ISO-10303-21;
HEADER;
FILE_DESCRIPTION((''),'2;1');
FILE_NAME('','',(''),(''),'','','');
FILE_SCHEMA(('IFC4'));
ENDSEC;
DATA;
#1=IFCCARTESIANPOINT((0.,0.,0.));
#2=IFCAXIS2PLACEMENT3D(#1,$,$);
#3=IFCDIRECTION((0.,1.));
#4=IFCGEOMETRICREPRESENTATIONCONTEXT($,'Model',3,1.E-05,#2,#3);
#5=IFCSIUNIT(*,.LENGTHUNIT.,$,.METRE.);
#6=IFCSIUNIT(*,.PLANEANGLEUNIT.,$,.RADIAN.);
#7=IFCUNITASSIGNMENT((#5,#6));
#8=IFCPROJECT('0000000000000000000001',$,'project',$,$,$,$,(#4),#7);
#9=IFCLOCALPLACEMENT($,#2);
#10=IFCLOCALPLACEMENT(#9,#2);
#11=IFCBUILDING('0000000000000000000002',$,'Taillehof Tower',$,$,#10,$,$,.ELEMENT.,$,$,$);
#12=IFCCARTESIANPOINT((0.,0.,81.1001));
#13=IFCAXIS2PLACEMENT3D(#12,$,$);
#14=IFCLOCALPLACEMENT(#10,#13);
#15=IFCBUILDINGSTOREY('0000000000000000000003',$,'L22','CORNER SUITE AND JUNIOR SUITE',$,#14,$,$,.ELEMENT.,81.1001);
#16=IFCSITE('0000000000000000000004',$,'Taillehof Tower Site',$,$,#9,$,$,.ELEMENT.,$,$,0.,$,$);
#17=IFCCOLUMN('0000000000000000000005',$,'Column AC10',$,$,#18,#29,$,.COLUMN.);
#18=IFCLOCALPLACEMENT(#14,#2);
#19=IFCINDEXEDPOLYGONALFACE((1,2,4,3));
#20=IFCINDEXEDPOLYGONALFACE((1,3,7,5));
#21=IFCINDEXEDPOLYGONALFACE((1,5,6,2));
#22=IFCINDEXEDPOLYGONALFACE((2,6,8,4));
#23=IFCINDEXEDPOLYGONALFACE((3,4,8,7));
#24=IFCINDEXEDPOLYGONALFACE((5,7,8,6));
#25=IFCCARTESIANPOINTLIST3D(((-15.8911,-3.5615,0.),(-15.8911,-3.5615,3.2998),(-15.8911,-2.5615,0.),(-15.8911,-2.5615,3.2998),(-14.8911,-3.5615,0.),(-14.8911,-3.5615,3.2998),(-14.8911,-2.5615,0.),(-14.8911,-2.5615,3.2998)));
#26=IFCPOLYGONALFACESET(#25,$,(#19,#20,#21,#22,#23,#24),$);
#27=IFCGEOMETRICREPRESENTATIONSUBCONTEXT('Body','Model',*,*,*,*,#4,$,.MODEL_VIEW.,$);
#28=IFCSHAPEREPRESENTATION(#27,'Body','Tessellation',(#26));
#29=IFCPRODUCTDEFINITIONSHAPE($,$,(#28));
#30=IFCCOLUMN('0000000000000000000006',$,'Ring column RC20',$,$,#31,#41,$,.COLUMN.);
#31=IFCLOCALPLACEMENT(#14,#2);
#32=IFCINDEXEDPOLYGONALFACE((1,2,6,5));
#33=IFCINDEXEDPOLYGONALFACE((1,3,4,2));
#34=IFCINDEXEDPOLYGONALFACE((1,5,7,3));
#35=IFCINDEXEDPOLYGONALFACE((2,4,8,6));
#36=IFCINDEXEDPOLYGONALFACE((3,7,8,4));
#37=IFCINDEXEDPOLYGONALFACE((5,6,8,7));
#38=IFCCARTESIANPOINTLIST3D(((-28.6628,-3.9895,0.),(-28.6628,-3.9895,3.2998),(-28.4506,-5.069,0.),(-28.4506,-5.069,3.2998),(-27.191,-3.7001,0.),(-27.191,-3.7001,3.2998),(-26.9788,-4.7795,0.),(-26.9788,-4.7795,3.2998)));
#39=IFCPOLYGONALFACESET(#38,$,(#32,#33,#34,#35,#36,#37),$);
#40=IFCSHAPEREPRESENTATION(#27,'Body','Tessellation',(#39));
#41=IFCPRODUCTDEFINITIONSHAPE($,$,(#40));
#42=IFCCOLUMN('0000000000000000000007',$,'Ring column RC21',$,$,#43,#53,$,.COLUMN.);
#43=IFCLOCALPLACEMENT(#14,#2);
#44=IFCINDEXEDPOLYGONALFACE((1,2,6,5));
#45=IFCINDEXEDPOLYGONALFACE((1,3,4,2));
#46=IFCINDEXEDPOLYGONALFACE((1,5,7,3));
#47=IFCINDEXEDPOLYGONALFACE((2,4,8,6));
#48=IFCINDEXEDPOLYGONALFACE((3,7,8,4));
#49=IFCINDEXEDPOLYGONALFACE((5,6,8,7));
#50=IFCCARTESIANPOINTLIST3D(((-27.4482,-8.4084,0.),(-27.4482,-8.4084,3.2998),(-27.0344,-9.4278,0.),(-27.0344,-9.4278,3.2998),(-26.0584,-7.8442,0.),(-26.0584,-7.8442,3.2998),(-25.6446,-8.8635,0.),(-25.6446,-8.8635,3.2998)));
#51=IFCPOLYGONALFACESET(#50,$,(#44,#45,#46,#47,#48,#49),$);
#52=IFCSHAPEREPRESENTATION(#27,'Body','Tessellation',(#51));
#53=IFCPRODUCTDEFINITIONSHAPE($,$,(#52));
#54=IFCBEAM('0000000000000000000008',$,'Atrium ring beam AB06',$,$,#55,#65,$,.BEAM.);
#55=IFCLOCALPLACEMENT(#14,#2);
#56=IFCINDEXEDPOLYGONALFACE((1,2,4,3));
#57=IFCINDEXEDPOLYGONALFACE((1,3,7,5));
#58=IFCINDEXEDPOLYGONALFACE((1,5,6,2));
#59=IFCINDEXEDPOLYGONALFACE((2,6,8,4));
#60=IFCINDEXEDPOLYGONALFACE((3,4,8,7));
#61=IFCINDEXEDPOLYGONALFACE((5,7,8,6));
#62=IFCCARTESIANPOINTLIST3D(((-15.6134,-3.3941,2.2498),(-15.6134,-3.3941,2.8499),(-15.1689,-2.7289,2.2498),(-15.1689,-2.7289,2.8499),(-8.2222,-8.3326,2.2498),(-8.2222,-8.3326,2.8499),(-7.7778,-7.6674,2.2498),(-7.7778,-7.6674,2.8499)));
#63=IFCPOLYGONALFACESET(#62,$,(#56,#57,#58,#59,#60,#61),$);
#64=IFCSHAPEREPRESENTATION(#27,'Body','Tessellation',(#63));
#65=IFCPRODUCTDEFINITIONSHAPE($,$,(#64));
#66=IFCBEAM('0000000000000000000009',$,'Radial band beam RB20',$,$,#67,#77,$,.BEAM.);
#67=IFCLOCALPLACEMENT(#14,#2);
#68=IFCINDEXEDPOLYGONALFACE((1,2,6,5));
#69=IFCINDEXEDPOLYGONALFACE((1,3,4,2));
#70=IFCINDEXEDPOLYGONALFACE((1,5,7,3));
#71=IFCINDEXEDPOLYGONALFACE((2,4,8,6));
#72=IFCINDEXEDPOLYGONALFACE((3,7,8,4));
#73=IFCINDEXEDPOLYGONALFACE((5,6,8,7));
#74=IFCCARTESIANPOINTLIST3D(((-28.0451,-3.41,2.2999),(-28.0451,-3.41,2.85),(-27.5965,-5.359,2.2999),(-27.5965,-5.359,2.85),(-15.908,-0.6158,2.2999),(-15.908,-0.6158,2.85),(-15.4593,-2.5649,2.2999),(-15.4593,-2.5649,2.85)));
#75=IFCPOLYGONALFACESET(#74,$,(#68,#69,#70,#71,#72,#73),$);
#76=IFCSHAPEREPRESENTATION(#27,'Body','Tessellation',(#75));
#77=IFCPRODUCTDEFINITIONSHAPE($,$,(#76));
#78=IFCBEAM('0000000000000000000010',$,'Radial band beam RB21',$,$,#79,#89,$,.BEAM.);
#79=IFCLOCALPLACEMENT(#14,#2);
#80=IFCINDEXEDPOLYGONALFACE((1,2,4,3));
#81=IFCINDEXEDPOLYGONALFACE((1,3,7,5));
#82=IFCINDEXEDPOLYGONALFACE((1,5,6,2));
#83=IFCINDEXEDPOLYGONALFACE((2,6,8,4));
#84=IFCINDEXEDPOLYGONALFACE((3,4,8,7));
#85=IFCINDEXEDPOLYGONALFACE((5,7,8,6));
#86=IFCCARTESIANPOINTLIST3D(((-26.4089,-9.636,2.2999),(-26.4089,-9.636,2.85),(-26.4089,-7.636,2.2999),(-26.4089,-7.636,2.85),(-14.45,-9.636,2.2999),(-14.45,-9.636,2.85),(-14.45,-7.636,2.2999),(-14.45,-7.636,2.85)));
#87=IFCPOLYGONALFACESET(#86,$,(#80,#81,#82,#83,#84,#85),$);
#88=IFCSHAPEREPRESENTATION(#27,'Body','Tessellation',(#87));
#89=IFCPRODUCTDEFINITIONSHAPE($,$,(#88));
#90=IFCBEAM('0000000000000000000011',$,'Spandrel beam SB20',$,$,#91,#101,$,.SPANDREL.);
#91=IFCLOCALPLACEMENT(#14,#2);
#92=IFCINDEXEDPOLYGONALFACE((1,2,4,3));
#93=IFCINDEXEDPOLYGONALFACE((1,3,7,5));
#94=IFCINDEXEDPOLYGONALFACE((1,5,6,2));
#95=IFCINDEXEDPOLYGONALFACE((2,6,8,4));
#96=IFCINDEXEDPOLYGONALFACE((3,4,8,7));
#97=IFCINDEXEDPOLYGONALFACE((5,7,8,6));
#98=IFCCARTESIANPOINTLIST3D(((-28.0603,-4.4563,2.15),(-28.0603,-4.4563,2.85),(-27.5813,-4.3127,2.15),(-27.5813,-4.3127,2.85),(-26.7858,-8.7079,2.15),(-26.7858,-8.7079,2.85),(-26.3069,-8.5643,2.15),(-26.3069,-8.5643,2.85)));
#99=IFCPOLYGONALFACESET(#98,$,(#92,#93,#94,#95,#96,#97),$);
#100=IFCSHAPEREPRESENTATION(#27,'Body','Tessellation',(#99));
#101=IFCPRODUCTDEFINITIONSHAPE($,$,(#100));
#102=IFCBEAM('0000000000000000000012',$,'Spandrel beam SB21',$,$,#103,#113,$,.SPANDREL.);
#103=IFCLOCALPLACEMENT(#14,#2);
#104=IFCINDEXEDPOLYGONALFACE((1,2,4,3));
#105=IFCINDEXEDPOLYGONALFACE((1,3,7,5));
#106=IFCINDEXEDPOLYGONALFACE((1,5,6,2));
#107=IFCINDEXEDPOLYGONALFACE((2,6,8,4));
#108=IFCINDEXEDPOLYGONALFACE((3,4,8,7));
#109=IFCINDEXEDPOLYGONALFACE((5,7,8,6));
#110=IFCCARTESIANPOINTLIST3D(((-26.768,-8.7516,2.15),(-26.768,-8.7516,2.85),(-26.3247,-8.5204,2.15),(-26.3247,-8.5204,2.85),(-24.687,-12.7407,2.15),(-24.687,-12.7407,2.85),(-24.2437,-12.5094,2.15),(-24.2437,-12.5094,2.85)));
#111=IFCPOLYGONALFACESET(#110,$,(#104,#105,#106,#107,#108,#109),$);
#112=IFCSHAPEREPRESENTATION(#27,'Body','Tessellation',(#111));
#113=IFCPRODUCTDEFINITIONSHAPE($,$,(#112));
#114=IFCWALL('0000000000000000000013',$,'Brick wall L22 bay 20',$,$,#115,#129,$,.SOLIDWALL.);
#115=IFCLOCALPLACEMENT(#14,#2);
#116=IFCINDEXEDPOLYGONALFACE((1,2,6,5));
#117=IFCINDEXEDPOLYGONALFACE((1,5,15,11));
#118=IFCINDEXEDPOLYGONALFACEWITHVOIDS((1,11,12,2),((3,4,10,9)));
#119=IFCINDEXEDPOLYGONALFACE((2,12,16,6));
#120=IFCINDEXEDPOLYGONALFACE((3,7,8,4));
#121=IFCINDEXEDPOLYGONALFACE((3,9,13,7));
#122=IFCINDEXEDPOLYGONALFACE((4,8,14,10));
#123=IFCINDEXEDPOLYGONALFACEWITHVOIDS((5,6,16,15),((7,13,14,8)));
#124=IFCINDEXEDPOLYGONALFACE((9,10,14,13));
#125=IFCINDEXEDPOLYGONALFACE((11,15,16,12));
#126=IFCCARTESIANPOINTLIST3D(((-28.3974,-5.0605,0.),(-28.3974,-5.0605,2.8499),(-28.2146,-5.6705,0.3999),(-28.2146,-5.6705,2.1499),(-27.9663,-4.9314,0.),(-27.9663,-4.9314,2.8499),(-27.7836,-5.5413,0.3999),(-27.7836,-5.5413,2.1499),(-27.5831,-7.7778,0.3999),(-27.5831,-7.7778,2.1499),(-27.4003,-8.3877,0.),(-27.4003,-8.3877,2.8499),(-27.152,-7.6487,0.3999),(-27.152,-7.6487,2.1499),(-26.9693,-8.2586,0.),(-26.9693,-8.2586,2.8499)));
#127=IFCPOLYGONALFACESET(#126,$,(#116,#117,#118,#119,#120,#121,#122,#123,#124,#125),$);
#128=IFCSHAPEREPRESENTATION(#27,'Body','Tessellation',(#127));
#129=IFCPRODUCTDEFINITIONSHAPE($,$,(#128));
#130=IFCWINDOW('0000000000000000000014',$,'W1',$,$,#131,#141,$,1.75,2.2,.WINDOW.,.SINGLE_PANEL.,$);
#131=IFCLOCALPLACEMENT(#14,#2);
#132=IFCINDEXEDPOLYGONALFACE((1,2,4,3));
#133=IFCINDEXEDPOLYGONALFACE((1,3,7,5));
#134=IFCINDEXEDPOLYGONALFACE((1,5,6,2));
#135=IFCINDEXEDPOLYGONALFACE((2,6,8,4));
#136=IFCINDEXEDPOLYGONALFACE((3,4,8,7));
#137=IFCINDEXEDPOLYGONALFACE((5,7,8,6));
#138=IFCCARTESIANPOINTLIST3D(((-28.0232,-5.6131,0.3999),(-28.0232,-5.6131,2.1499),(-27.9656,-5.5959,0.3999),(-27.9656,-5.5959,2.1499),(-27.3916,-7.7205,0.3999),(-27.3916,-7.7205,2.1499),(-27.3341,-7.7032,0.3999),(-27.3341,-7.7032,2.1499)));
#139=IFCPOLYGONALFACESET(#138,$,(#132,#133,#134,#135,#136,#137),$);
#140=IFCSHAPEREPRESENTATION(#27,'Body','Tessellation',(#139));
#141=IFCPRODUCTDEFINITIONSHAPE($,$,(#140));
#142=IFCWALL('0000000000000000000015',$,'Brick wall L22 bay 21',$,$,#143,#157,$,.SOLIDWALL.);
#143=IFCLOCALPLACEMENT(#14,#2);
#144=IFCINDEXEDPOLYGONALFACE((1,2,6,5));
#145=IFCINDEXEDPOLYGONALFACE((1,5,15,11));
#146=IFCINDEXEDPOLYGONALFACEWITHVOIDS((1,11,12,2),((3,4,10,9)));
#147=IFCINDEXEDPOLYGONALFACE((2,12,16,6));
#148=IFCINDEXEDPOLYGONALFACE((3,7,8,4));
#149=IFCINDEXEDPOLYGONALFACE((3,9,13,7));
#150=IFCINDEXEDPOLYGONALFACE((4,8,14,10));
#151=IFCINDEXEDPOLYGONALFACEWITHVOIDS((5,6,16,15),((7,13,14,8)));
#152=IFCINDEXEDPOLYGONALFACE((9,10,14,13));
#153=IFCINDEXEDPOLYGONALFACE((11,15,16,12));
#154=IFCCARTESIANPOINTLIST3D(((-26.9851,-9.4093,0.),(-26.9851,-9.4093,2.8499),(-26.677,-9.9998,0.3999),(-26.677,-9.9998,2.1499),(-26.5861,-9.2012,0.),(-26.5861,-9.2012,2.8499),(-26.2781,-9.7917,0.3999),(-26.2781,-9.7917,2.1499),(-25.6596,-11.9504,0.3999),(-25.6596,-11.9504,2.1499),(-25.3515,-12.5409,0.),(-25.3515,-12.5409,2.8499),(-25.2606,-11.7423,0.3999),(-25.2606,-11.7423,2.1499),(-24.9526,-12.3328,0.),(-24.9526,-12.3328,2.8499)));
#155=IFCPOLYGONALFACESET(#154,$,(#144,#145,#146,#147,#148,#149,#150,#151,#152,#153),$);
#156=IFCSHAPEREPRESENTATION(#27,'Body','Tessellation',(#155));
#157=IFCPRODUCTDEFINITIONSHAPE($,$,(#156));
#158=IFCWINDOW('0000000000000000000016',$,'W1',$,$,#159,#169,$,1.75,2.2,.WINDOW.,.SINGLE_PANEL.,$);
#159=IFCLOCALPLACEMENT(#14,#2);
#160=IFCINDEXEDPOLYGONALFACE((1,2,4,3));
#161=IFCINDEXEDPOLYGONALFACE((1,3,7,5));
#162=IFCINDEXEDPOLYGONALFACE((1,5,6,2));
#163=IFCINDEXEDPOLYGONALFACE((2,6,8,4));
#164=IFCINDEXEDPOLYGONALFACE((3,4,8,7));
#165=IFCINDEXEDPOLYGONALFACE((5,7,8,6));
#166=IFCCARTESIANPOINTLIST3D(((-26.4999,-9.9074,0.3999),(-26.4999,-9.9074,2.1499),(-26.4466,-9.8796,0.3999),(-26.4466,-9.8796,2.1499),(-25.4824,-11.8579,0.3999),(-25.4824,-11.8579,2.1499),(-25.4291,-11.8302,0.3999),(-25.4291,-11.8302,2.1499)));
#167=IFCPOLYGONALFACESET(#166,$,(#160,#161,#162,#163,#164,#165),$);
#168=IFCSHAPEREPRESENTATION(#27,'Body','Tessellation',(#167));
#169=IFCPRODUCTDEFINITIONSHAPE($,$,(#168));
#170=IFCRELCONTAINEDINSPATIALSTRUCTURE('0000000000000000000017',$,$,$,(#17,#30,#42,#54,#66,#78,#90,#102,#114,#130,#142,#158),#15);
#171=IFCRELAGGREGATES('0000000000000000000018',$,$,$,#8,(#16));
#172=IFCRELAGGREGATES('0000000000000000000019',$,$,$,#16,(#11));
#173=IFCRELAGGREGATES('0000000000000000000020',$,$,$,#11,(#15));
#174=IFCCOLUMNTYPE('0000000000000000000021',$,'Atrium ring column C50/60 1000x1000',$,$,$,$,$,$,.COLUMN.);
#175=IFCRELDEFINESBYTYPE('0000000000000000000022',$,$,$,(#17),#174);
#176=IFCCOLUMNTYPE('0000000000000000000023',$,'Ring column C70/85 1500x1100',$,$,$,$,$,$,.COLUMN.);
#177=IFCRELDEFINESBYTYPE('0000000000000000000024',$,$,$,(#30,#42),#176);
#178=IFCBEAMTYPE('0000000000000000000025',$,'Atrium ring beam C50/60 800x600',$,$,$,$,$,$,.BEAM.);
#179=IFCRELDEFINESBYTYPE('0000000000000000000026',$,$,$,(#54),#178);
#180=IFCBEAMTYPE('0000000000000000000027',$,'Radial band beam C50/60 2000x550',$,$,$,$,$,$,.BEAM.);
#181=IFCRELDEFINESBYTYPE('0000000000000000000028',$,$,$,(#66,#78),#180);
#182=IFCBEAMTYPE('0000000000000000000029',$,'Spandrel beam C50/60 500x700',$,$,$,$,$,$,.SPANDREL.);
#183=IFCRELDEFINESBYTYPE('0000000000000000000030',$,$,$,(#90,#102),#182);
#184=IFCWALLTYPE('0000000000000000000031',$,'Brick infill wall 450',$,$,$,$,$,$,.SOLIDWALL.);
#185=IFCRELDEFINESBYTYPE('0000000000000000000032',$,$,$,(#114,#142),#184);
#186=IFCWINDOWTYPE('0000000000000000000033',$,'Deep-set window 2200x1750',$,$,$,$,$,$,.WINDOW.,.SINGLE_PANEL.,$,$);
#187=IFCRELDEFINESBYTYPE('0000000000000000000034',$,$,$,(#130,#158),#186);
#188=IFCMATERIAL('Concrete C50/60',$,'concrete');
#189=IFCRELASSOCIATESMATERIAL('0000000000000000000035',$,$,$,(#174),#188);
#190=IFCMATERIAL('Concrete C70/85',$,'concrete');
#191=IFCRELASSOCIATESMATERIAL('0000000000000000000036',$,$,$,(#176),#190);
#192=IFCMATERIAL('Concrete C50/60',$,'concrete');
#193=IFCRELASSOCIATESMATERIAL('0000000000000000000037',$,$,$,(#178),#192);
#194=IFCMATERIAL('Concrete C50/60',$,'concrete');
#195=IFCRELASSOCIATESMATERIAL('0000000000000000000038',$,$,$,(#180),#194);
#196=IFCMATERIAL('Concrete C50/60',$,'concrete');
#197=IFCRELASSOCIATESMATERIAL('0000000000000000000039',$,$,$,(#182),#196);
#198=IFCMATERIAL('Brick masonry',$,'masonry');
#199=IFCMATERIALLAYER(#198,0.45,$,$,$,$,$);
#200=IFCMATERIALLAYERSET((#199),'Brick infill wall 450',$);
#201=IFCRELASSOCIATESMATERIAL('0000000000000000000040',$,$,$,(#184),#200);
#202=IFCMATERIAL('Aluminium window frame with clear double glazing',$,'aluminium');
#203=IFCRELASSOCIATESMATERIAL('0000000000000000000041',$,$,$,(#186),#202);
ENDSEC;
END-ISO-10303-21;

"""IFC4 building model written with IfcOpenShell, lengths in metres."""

from ifc_helpers import new_model, si_unit, direction, frame, frame_2d, origin, origin_2d, place, context, subcontext, project, spatial, rectangle, extrude, material, layer, layer_set, material_profile, profile_set, type_object, element, fill, save


model = new_model("IFC4")

# Units and contexts
model_context = context("Model", 3, precision=1e-05, world=origin(), true_north=direction((0.0, 1.0)))
body_context = subcontext(model_context, "Body", "Model", "MODEL_VIEW")
ifc_project = project(units=[si_unit("LENGTHUNIT", "METRE"), si_unit("PLANEANGLEUNIT", "RADIAN")], contexts=[model_context])

# Site, building, storey
site_placement = place(None, origin())
site = spatial("IfcSite", under=ifc_project, at=site_placement, Name="Taillehof Tower Site", CompositionType="ELEMENT", RefElevation=0.0)
building_placement = place(site_placement, origin())
building = spatial("IfcBuilding", under=site, at=building_placement, Name="Taillehof Tower", CompositionType="ELEMENT")
storey_placement = place(building_placement, frame((0.0, 0.0, 81.1001)))
storey = spatial("IfcBuildingStorey", under=building, at=storey_placement, Name="L22", Description="CORNER SUITE AND JUNIOR SUITE", CompositionType="ELEMENT", Elevation=81.1001)

# Columns
ifc_material_1 = material(Name="Concrete C50/60", Category="concrete")
ifc_material_profile_1 = material_profile(ifc_material_1, rectangle(XDim=1.0, YDim=1.0, at=origin_2d()), Name="RC 1000x1000")
ifc_profile_set_1 = profile_set([ifc_material_profile_1], Name="Concrete C50/60")
column_type_1 = type_object("IfcColumnType", Name="Atrium ring column C50/60 1000x1000", PredefinedType="COLUMN", material=ifc_profile_set_1)
column_placement = place(storey_placement, frame((-15.3911, -3.0615, 0.0), z_axis=(0.0, 0.0, 1.0), x_axis=(1.0, 0.0, 0.0)))
element("IfcColumn", 1, at=column_placement, inside=storey, type_object=column_type_1, Name="Column AC10", PredefinedType="COLUMN", context=body_context, shape_type="SweptSolid", body=[
    extrude(rectangle(XDim=1.0, YDim=1.0, at=origin_2d()), origin(), (0.0, 0.0, 1.0), 3.2998),
])
ifc_material_2 = material(Name="Concrete C70/85", Category="concrete")
ifc_material_profile_2 = material_profile(ifc_material_2, rectangle(XDim=1.5, YDim=1.1001, at=origin_2d()), Name="RC 1500x1100")
ifc_profile_set_2 = profile_set([ifc_material_profile_2], Name="Concrete C70/85")
column_type_2 = type_object("IfcColumnType", Name="Ring column C70/85 1500x1100", PredefinedType="COLUMN", material=ifc_profile_set_2)
for number, where, z_axis, x_axis, name in (
    (2, (-27.8208, -4.3845, 0.0), (0.0, 0.0, 1.0), (-0.981204, -0.192976, 0.0), "Ring column RC20"),
    (3, (-26.5464, -8.636, 0.0), (0.0, 0.0, 1.0), (-0.926558, -0.376152, 0.0), "Ring column RC21"),
):
    element("IfcColumn", number, at=place(storey_placement, frame(where, z_axis=z_axis, x_axis=x_axis)), inside=storey, type_object=column_type_2, Name=name, PredefinedType="COLUMN", context=body_context, shape_type="SweptSolid", body=[
        extrude(rectangle(XDim=1.5, YDim=1.1001, at=origin_2d()), origin(), (0.0, 0.0, 1.0), 3.2998),
    ])

# Beams
ifc_material_3 = material(Name="Concrete C50/60", Category="concrete")
ifc_material_profile_3 = material_profile(ifc_material_3, rectangle(XDim=0.8, YDim=0.6001, at=origin_2d()), Name="RC 800x600")
ifc_profile_set_3 = profile_set([ifc_material_profile_3], Name="Concrete C50/60")
beam_type_1 = type_object("IfcBeamType", Name="Atrium ring beam C50/60 800x600", PredefinedType="BEAM", material=ifc_profile_set_3)
beam_1_placement = place(storey_placement, frame((-15.3911, -3.0615, 2.5498), z_axis=(0.831475, -0.555562, 0.0), x_axis=(0.555562, 0.831475, 0.0)))
element("IfcBeam", 4, at=beam_1_placement, inside=storey, type_object=beam_type_1, Name="Atrium ring beam AB06", PredefinedType="BEAM", context=body_context, shape_type="SweptSolid", body=[
    extrude(rectangle(XDim=0.8, YDim=0.6001, at=origin_2d()), origin(), (0.0, 0.0, 1.0), 8.8892),
])
ifc_material_4 = material(Name="Concrete C50/60", Category="concrete")
ifc_material_profile_4 = material_profile(ifc_material_4, rectangle(XDim=2.0, YDim=0.55, at=origin_2d()), Name="RC 2000x550")
ifc_profile_set_4 = profile_set([ifc_material_profile_4], Name="Concrete C50/60")
beam_type_2 = type_object("IfcBeamType", Name="Radial band beam C50/60 2000x550", PredefinedType="BEAM", material=ifc_profile_set_4)
beam_2_placement = place(storey_placement, frame((-27.8208, -4.3845, 2.575), z_axis=(0.974509, 0.224348, 0.0), x_axis=(-0.224348, 0.974509, 0.0)))
element("IfcBeam", 5, at=beam_2_placement, inside=storey, type_object=beam_type_2, Name="Radial band beam RB20", PredefinedType="BEAM", context=body_context, shape_type="SweptSolid", body=[
    extrude(rectangle(XDim=2.0, YDim=0.55, at=origin_2d()), origin(), (0.0, 0.0, 1.0), 12.4546),
])
beam_3_placement = place(storey_placement, frame((-26.4089, -8.636, 2.575), z_axis=(1.0, 0.0, 0.0), x_axis=(0.0, 1.0, 0.0)))
element("IfcBeam", 6, at=beam_3_placement, inside=storey, type_object=beam_type_2, Name="Radial band beam RB21", PredefinedType="BEAM", context=body_context, shape_type="SweptSolid", body=[
    extrude(rectangle(XDim=2.0, YDim=0.55, at=origin_2d()), origin(), (0.0, 0.0, 1.0), 11.959),
])
ifc_material_5 = material(Name="Concrete C50/60", Category="concrete")
ifc_material_profile_5 = material_profile(ifc_material_5, rectangle(XDim=0.5, YDim=0.7, at=origin_2d()), Name="RC 500x700")
ifc_profile_set_5 = profile_set([ifc_material_profile_5], Name="Concrete C50/60")
beam_type_3 = type_object("IfcBeamType", Name="Spandrel beam C50/60 500x700", PredefinedType="SPANDREL", material=ifc_profile_set_5)
beam_4_placement = place(storey_placement, frame((-27.8208, -4.3845, 2.5), z_axis=(0.287136, -0.95789, 0.0), x_axis=(0.95789, 0.287136, 0.0)))
element("IfcBeam", 7, at=beam_4_placement, inside=storey, type_object=beam_type_3, Name="Spandrel beam SB20", PredefinedType="SPANDREL", context=body_context, shape_type="SweptSolid", body=[
    extrude(rectangle(XDim=0.5, YDim=0.7, at=origin_2d()), origin(), (0.0, 0.0, 1.0), 4.4385),
])
beam_5_placement = place(storey_placement, frame((-26.5464, -8.636, 2.5), z_axis=(0.462536, -0.8866, 0.0), x_axis=(0.8866, 0.462536, 0.0)))
element("IfcBeam", 8, at=beam_5_placement, inside=storey, type_object=beam_type_3, Name="Spandrel beam SB21", PredefinedType="SPANDREL", context=body_context, shape_type="SweptSolid", body=[
    extrude(rectangle(XDim=0.5, YDim=0.7, at=origin_2d()), origin(), (0.0, 0.0, 1.0), 4.4993),
])

# Walls, openings, windows
ifc_material_6 = material(Name="Brick masonry", Category="masonry")
ifc_layer_1 = layer(ifc_material_6, 0.45)
ifc_layer_set_1 = layer_set([ifc_layer_1], Name="Brick infill wall 450")
wall_type_1 = type_object("IfcWallType", Name="Brick infill wall 450", PredefinedType="SOLIDWALL", material=ifc_layer_set_1)
wall_1_placement = place(storey_placement, frame((-28.1819, -4.9958, 0.0), z_axis=(0.0, 0.0, 1.0), x_axis=(0.287064, -0.957911, 0.0)))
wall_1 = element("IfcWall", 9, at=wall_1_placement, inside=storey, type_object=wall_type_1, Name="Brick wall L22 bay 20", PredefinedType="SOLIDWALL", context=body_context, shape_type="SweptSolid", body=[
    extrude(rectangle(XDim=3.4734, YDim=0.45, at=frame_2d((1.7368, 0.0))), origin(), (0.0, 0.0, 1.0), 2.8499),
])
opening_1_placement = place(wall_1_placement, frame((0.6367, 0.0, 0.3999)))
opening_1 = element("IfcOpeningElement", 10, at=opening_1_placement, cuts=wall_1, PredefinedType="OPENING", context=body_context, shape_type="SweptSolid", body=[
    extrude(rectangle(XDim=2.2, YDim=1.75, at=frame_2d((1.1001, 0.875))), frame((0.0, 0.2349, 0.0), z_axis=(0.0, -1.0, 0.0), x_axis=(1.0, 0.0, 0.0)), (0.0, 0.0, 1.0), 0.47),
])
ifc_material_7 = material(Name="Aluminium window frame with clear double glazing", Category="aluminium")
window_type = type_object("IfcWindowType", Name="Deep-set window 2200x1750", PartitioningType="SINGLE_PANEL", PredefinedType="WINDOW", material=ifc_material_7)
window_1_placement = place(opening_1_placement, origin())
window_1 = element("IfcWindow", 11, at=window_1_placement, inside=storey, type_object=window_type, Name="W1", OverallHeight=1.75, OverallWidth=2.2, PartitioningType="SINGLE_PANEL", PredefinedType="WINDOW", context=body_context, shape_type="SweptSolid", body=[
    extrude(rectangle(XDim=2.2, YDim=1.75, at=frame_2d((1.1001, 0.875))), frame((0.0, 0.0349, 0.0), z_axis=(0.0, -1.0, 0.0), x_axis=(1.0, 0.0, 0.0)), (0.0, 0.0, 1.0), 0.0601),
])
fill(opening_1, window_1)
wall_2_placement = place(storey_placement, frame((-26.7856, -9.3052, 0.0), z_axis=(0.0, 0.0, 1.0), x_axis=(0.462493, -0.886623, 0.0)))
wall_2 = element("IfcWall", 12, at=wall_2_placement, inside=storey, type_object=wall_type_1, Name="Brick wall L22 bay 21", PredefinedType="SOLIDWALL", context=body_context, shape_type="SweptSolid", body=[
    extrude(rectangle(XDim=3.532, YDim=0.45, at=frame_2d((1.7661, 0.0))), origin(), (0.0, 0.0, 1.0), 2.8499),
])
opening_2_placement = place(wall_2_placement, frame((0.666, 0.0, 0.3999)))
opening_2 = element("IfcOpeningElement", 13, at=opening_2_placement, cuts=wall_2, PredefinedType="OPENING", context=body_context, shape_type="SweptSolid", body=[
    extrude(rectangle(XDim=2.2, YDim=1.75, at=frame_2d((1.1001, 0.875))), frame((0.0, 0.2349, 0.0), z_axis=(0.0, -1.0, 0.0), x_axis=(1.0, 0.0, 0.0)), (0.0, 0.0, 1.0), 0.47),
])
window_2_placement = place(opening_2_placement, origin())
window_2 = element("IfcWindow", 14, at=window_2_placement, inside=storey, type_object=window_type, Name="W1", OverallHeight=1.75, OverallWidth=2.2, PartitioningType="SINGLE_PANEL", PredefinedType="WINDOW", context=body_context, shape_type="SweptSolid", body=[
    extrude(rectangle(XDim=2.2, YDim=1.75, at=frame_2d((1.1001, 0.875))), frame((0.0, 0.0349, 0.0), z_axis=(0.0, -1.0, 0.0), x_axis=(1.0, 0.0, 0.0)), (0.0, 0.0, 1.0), 0.0601),
])
fill(opening_2, window_2)

save(model, "model.ifc")
